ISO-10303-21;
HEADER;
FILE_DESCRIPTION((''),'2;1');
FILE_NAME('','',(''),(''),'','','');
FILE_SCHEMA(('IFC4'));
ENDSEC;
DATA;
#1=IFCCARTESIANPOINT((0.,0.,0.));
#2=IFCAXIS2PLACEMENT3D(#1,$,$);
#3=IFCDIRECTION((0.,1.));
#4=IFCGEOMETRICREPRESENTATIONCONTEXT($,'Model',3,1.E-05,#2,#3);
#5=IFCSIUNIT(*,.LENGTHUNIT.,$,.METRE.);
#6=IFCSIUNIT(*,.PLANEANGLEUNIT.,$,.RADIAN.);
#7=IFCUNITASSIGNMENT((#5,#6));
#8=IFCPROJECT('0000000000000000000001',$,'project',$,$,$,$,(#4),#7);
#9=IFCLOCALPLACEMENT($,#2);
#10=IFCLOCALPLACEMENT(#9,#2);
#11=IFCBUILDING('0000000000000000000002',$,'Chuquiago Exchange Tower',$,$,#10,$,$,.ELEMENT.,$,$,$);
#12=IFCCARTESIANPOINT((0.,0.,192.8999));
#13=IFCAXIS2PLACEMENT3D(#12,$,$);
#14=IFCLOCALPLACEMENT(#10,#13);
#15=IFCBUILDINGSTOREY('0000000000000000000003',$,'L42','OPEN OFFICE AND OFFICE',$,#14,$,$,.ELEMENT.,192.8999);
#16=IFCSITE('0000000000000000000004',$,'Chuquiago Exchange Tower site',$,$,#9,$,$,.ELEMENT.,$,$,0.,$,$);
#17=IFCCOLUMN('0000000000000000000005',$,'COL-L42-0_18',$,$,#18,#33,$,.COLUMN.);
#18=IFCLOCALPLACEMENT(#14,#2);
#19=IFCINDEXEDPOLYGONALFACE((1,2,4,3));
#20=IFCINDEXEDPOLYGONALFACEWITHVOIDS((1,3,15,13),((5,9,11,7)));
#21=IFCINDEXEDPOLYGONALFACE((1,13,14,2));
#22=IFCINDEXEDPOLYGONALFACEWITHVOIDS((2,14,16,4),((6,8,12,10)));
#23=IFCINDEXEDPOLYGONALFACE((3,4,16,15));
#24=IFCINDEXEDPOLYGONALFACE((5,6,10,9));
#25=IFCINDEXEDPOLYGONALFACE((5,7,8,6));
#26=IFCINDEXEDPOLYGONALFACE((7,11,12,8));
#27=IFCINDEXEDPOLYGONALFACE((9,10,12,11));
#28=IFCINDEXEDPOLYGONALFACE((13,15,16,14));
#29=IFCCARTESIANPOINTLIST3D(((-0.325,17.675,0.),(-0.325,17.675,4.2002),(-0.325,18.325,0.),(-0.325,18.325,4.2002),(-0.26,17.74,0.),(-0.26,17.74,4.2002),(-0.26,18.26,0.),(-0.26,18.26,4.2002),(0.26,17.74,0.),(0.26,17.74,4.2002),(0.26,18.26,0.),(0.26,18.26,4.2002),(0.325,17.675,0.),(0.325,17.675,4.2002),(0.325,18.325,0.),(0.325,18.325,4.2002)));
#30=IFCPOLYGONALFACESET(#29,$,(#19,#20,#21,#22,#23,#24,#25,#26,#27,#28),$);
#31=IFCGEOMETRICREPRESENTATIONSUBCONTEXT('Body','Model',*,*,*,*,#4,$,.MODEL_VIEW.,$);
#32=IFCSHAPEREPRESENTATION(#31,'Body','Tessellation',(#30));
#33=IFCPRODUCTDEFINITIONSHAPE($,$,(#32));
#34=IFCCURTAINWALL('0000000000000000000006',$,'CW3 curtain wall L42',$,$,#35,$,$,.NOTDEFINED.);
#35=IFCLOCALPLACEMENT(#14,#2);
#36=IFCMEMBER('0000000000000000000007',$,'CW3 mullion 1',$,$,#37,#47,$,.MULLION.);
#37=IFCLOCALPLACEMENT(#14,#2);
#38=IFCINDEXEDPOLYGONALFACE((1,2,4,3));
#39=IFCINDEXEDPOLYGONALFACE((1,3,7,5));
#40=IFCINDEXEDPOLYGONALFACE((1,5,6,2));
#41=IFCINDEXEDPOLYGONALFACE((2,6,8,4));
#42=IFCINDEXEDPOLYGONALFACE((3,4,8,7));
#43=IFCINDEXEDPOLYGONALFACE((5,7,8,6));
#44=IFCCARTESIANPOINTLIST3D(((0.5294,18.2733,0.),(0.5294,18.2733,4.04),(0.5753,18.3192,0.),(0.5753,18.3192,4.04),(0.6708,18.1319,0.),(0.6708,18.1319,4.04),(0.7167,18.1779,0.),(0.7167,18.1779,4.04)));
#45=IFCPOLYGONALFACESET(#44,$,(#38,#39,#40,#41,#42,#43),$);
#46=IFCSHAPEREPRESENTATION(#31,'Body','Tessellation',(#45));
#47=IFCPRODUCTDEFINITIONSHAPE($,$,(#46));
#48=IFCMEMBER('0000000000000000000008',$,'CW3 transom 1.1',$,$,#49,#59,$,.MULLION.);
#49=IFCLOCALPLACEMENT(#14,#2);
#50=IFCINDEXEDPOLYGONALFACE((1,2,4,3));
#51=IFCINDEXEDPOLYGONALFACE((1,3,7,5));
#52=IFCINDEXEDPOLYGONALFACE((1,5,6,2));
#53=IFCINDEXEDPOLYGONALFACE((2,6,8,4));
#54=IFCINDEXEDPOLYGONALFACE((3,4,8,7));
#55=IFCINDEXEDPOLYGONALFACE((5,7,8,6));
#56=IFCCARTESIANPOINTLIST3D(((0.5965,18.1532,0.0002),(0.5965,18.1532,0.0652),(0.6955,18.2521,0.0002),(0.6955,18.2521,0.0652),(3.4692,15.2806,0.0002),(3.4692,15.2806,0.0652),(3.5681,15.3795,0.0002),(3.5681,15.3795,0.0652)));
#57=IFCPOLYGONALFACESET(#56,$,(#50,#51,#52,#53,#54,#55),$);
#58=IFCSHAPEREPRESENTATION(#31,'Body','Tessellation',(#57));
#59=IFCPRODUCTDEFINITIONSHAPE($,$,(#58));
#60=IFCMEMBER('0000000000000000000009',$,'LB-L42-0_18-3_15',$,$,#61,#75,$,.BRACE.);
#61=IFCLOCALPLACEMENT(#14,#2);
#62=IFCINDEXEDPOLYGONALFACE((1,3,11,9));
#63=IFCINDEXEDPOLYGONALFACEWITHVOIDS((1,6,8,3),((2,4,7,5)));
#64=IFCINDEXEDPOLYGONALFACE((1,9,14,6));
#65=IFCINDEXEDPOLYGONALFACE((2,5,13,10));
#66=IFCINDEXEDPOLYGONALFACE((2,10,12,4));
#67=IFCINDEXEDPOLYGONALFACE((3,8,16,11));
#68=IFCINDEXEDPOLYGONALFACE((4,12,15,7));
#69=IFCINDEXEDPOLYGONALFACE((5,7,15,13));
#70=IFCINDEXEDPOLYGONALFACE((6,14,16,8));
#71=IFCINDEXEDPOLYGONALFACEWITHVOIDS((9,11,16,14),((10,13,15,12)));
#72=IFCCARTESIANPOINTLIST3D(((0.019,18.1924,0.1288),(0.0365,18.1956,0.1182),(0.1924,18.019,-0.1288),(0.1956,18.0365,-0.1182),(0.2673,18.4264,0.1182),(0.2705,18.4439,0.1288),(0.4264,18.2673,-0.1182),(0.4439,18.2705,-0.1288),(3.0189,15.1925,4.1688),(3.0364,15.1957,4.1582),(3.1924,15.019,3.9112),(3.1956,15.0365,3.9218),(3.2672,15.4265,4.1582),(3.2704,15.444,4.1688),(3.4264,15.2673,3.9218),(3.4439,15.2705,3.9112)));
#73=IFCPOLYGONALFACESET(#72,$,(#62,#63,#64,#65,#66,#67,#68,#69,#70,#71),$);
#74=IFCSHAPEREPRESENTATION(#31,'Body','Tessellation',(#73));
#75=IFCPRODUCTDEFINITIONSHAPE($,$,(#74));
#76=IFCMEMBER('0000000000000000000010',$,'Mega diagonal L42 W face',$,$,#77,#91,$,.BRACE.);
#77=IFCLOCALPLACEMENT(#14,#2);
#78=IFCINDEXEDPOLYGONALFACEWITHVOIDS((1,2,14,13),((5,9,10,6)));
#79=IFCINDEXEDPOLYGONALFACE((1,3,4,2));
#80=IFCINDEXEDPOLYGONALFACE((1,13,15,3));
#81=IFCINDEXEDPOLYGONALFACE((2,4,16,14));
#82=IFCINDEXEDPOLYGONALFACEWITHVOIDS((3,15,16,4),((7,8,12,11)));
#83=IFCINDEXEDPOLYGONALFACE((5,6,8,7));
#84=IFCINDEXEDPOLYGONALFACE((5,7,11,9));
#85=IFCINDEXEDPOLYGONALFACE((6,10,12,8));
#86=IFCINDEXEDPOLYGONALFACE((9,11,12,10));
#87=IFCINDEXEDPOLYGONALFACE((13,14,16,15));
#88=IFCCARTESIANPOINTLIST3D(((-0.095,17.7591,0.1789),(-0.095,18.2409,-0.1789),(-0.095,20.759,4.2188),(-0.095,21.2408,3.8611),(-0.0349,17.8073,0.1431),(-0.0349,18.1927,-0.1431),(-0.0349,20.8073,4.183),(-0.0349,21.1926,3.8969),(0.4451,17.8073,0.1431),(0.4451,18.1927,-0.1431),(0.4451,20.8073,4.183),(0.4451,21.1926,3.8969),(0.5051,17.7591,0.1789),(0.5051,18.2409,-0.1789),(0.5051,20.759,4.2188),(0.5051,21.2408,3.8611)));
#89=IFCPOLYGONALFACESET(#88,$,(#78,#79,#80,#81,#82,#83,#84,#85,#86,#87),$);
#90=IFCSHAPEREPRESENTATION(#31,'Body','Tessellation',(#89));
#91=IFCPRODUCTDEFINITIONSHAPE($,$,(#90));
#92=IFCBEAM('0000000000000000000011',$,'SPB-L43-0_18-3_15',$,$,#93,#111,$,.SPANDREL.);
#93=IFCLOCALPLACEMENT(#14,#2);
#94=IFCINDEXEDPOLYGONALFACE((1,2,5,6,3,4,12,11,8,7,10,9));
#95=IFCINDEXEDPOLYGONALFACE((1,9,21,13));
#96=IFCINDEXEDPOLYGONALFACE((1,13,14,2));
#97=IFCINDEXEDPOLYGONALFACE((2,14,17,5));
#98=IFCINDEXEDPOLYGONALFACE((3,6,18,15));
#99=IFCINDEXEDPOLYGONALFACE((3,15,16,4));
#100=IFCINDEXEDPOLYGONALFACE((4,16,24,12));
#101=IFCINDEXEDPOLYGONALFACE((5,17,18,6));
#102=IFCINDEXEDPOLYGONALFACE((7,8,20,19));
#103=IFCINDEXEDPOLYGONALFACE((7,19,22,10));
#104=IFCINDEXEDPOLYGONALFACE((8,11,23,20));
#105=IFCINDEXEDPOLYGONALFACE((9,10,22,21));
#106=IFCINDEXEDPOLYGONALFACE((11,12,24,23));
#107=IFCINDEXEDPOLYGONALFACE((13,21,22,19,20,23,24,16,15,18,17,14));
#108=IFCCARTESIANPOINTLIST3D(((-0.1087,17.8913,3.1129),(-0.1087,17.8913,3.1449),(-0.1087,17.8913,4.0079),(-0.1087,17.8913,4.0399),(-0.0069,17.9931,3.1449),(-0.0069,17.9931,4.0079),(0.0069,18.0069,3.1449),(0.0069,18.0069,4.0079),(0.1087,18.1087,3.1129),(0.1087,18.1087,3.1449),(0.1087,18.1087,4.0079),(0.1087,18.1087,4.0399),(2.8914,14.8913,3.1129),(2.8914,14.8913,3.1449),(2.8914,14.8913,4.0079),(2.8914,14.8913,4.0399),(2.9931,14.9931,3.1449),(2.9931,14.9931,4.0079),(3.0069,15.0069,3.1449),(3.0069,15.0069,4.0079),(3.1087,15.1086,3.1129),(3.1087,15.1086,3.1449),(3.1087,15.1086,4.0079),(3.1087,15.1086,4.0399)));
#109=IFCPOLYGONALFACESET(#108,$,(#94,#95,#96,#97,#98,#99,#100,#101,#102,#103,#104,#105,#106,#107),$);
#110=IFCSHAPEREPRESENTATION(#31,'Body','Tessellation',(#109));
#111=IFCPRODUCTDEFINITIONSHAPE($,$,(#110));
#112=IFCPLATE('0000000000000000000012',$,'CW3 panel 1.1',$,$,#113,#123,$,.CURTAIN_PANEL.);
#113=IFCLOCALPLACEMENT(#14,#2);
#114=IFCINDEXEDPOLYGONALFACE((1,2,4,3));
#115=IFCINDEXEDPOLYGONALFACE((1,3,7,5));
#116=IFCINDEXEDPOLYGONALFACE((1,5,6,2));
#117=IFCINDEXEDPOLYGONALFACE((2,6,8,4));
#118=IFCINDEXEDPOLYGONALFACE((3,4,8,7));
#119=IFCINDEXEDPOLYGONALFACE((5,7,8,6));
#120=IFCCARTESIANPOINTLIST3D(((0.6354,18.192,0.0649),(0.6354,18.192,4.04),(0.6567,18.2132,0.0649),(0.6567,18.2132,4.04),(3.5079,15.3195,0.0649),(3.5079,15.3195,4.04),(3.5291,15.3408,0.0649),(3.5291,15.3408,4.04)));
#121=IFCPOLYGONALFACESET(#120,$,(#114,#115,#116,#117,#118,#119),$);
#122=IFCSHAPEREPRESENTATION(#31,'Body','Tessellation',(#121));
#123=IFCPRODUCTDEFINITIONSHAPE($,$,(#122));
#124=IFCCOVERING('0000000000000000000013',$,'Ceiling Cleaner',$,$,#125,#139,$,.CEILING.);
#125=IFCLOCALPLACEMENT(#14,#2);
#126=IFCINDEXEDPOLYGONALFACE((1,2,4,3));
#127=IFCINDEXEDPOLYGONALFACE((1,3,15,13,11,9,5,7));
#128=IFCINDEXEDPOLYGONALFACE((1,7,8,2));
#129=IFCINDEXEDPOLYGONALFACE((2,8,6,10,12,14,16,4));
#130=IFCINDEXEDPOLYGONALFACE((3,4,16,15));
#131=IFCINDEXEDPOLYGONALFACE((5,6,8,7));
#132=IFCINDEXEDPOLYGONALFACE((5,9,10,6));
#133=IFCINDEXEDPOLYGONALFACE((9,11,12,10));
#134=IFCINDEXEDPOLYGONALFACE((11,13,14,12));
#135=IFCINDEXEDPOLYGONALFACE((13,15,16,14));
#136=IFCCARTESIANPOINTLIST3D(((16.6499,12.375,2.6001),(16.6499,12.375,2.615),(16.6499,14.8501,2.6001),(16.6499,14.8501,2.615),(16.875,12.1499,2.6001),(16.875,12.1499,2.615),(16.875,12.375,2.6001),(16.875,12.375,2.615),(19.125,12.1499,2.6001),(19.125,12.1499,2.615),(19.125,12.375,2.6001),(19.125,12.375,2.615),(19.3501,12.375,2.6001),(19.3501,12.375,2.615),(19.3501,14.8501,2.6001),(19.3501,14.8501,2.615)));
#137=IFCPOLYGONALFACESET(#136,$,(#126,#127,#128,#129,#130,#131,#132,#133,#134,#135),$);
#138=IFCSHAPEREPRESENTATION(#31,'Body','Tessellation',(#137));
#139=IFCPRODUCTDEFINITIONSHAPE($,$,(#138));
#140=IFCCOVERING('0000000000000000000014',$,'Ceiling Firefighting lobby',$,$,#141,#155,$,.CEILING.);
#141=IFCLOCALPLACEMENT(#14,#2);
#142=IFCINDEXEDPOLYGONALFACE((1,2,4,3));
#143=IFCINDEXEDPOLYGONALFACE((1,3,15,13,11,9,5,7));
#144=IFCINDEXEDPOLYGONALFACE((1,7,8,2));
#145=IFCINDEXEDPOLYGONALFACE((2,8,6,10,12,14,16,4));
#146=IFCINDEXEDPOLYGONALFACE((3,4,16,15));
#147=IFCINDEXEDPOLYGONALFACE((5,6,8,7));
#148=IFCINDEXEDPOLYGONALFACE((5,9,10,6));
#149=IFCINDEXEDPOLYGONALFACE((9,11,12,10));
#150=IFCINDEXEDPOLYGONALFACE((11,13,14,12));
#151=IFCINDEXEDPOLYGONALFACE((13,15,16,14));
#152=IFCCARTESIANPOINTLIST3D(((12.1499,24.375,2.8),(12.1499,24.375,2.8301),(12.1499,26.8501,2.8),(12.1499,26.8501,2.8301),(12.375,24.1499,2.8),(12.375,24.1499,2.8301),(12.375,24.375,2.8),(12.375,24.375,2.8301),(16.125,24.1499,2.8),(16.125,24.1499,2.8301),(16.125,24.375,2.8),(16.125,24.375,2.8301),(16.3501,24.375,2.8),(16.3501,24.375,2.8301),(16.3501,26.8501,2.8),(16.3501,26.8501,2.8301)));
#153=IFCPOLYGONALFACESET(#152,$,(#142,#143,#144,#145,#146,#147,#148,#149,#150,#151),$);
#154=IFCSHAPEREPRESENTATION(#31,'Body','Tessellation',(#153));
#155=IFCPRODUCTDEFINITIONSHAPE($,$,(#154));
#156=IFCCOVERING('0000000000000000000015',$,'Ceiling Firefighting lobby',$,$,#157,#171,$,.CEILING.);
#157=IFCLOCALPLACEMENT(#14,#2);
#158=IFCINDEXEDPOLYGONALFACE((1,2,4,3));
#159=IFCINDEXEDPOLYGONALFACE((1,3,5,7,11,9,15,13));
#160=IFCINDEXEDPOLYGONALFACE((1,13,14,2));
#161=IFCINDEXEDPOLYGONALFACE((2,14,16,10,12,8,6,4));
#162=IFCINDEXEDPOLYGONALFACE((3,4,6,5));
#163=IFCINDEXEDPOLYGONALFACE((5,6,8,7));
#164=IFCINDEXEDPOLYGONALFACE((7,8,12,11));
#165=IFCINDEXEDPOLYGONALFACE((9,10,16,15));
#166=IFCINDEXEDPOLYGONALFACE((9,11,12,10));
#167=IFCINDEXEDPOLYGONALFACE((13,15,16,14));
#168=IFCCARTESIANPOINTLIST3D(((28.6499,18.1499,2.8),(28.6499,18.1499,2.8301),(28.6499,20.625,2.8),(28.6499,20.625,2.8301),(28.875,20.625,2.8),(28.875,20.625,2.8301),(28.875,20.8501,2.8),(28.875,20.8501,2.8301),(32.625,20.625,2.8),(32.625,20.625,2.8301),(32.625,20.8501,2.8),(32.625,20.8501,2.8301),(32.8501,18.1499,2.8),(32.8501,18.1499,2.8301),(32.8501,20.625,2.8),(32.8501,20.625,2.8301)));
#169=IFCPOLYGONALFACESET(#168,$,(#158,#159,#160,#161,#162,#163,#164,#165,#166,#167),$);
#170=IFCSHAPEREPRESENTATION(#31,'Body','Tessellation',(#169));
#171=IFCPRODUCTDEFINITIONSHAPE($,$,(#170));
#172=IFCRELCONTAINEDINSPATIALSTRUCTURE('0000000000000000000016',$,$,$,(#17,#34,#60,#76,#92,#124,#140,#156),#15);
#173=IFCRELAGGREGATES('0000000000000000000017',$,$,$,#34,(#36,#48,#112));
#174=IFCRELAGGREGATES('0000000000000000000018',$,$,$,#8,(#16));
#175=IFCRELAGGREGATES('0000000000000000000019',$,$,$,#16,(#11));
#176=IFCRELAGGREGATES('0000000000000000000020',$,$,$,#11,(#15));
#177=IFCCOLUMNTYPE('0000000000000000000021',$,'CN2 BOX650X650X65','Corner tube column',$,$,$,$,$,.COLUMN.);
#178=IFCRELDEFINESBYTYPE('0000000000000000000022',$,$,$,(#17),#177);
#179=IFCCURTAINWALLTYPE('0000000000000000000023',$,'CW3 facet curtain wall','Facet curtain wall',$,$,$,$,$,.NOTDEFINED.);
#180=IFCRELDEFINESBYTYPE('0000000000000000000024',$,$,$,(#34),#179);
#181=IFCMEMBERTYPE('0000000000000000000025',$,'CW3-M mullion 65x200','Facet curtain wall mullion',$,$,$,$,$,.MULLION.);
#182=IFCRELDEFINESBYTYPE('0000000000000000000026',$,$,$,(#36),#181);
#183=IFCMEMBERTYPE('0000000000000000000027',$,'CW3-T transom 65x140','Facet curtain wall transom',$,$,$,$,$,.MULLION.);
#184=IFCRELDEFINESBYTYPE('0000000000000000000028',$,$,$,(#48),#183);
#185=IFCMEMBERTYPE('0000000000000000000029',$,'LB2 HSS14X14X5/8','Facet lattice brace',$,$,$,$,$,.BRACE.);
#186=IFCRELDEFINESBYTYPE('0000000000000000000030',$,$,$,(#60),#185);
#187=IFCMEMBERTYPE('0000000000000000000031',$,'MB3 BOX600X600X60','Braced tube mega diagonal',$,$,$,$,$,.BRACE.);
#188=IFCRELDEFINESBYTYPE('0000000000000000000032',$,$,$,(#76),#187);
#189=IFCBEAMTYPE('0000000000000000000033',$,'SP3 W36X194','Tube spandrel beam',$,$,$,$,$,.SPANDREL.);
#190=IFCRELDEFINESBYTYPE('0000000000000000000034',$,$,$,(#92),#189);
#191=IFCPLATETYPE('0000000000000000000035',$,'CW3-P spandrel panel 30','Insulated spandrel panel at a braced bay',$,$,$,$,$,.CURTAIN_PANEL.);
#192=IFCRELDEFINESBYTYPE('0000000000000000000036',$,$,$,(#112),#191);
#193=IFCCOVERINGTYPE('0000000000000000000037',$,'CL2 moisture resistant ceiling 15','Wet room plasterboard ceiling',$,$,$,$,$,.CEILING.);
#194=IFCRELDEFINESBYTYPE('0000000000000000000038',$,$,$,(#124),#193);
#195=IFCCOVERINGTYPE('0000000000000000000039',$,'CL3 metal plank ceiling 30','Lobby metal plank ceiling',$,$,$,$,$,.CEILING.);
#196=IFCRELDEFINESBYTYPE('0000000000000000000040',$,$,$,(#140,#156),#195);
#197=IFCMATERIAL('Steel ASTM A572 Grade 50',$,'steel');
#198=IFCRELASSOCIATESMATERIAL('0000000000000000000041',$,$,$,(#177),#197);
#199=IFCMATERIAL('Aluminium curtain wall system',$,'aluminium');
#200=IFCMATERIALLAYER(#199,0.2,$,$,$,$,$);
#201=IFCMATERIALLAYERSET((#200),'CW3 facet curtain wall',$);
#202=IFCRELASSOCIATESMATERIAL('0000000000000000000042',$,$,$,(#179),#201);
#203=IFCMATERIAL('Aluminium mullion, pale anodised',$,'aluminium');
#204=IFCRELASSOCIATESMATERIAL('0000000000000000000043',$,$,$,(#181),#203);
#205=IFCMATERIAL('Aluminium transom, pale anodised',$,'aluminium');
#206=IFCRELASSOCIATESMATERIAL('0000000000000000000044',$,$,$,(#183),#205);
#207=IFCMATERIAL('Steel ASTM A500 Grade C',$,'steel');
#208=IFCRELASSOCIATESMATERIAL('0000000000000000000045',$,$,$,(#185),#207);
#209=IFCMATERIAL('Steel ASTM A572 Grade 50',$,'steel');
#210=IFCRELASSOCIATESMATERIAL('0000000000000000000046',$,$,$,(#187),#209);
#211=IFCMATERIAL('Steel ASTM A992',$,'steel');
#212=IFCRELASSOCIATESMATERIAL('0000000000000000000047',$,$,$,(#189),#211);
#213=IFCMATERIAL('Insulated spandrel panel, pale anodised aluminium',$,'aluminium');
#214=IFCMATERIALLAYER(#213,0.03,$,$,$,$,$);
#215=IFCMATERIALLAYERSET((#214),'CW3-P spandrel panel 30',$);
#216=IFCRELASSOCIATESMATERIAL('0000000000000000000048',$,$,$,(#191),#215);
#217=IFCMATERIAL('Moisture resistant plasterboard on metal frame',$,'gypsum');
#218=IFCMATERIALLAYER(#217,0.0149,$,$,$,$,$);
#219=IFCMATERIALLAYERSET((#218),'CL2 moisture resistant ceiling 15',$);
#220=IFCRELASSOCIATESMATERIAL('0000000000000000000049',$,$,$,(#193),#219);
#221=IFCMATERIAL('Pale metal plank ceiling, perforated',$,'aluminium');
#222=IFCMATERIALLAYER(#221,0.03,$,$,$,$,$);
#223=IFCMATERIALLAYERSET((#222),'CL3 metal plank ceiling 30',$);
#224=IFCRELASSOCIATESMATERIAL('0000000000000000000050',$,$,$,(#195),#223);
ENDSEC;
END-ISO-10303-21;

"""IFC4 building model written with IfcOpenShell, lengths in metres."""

from ifc_helpers import new_model, si_unit, direction, frame, origin, origin_2d, place, context, subcontext, project, spatial, polyline, rectangle, hollow_rectangle, i_section, outline, extrude, material, layer, layer_set, material_profile, profile_set, type_object, element, aggregate, save


model = new_model("IFC4")

# Units and contexts
model_context = context("Model", 3, precision=1e-05, world=origin(), true_north=direction((0.0, 1.0)))
body_context = subcontext(model_context, "Body", "Model", "MODEL_VIEW")
ifc_project = project(units=[si_unit("LENGTHUNIT", "METRE"), si_unit("PLANEANGLEUNIT", "RADIAN")], contexts=[model_context])

# Site, building, storey
site_placement = place(None, origin())
site = spatial("IfcSite", under=ifc_project, at=site_placement, Name="Chuquiago Exchange Tower site", CompositionType="ELEMENT", RefElevation=0.0)
building_placement = place(site_placement, origin())
building = spatial("IfcBuilding", under=site, at=building_placement, Name="Chuquiago Exchange Tower", CompositionType="ELEMENT")
storey_placement = place(building_placement, frame((0.0, 0.0, 192.8999)))
storey = spatial("IfcBuildingStorey", under=building, at=storey_placement, Name="L42", Description="OPEN OFFICE AND OFFICE", CompositionType="ELEMENT", Elevation=192.8999)

# Column
ifc_material_1 = material(Name="Steel ASTM A572 Grade 50", Category="steel")
ifc_material_profile_1 = material_profile(ifc_material_1, hollow_rectangle(XDim=0.6499, YDim=0.6499, WallThickness=0.0649, at=origin_2d()), Name="BOX650X650X65")
ifc_profile_set_1 = profile_set([ifc_material_profile_1], Name="Steel ASTM A572 Grade 50")
column_type = type_object("IfcColumnType", Name="CN2 BOX650X650X65", Description="Corner tube column", PredefinedType="COLUMN", material=ifc_profile_set_1)
column_placement = place(storey_placement, frame((0.0, 18.0, 0.0), z_axis=(0.0, 0.0, 1.0), x_axis=(-1.0, 0.0, 0.0)))
element("IfcColumn", 1, at=column_placement, inside=storey, type_object=column_type, Name="COL-L42-0_18", PredefinedType="COLUMN", context=body_context, shape_type="SweptSolid", body=[
    extrude(hollow_rectangle(XDim=0.6499, YDim=0.6499, WallThickness=0.0649, at=origin_2d()), origin(), (0.0, 0.0, 1.0), 4.2002),
])

# Curtain wall, members
ifc_material_2 = material(Name="Aluminium curtain wall system", Category="aluminium")
ifc_layer_1 = layer(ifc_material_2, 0.2)
ifc_layer_set_1 = layer_set([ifc_layer_1], Name="CW3 facet curtain wall")
curtain_wall_type = type_object("IfcCurtainWallType", Name="CW3 facet curtain wall", Description="Facet curtain wall", PredefinedType="NOTDEFINED", material=ifc_layer_set_1)
curtain_wall_placement = place(storey_placement, origin())
curtain_wall = element("IfcCurtainWall", 2, at=curtain_wall_placement, inside=storey, type_object=curtain_wall_type, Name="CW3 curtain wall L42", PredefinedType="NOTDEFINED")
ifc_material_3 = material(Name="Aluminium mullion, pale anodised", Category="aluminium")
ifc_material_profile_2 = material_profile(ifc_material_3, rectangle(XDim=0.0649, YDim=0.2, at=origin_2d()), Name="AL 65x200")
ifc_profile_set_2 = profile_set([ifc_material_profile_2], Name="Aluminium mullion, pale anodised")
member_type_1 = type_object("IfcMemberType", Name="CW3-M mullion 65x200", Description="Facet curtain wall mullion", PredefinedType="MULLION", material=ifc_profile_set_2)
member_1_placement = place(storey_placement, frame((0.623, 18.2256, 0.0), z_axis=(0.0, 0.0, 1.0), x_axis=(0.707107, 0.707107, 0.0)))
member_1 = element("IfcMember", 3, at=member_1_placement, type_object=member_type_1, Name="CW3 mullion 1", PredefinedType="MULLION", context=body_context, shape_type="SweptSolid", body=[
    extrude(rectangle(XDim=0.0649, YDim=0.2, at=origin_2d()), origin(), (0.0, 0.0, 1.0), 4.04),
])
ifc_material_4 = material(Name="Aluminium transom, pale anodised", Category="aluminium")
ifc_material_profile_3 = material_profile(ifc_material_4, rectangle(XDim=0.1399, YDim=0.0649, at=origin_2d()), Name="AL 140x65")
ifc_profile_set_3 = profile_set([ifc_material_profile_3], Name="Aluminium transom, pale anodised")
member_type_2 = type_object("IfcMemberType", Name="CW3-T transom 65x140", Description="Facet curtain wall transom", PredefinedType="MULLION", material=ifc_profile_set_3)
member_2_placement = place(storey_placement, frame((0.646, 18.2026, 0.0327), z_axis=(0.707107, -0.707107, 0.0), x_axis=(0.707107, 0.707107, 0.0)))
member_2 = element("IfcMember", 4, at=member_2_placement, type_object=member_type_2, Name="CW3 transom 1.1", PredefinedType="MULLION", context=body_context, shape_type="SweptSolid", body=[
    extrude(rectangle(XDim=0.1399, YDim=0.0649, at=origin_2d()), origin(), (0.0, 0.0, 1.0), 4.0625),
])

# Members
ifc_material_5 = material(Name="Steel ASTM A500 Grade C", Category="steel")
ifc_material_profile_4 = material_profile(ifc_material_5, hollow_rectangle(XDim=0.3557, YDim=0.3557, WallThickness=0.0146, at=origin_2d()), Name="HSS14X14X5/8")
ifc_profile_set_4 = profile_set([ifc_material_profile_4], Name="Steel ASTM A500 Grade C")
member_type_3 = type_object("IfcMemberType", Name="LB2 HSS14X14X5/8", Description="Facet lattice brace", PredefinedType="BRACE", material=ifc_profile_set_4)
member_3_placement = place(storey_placement, frame((0.2314, 18.2314, 0.0), z_axis=(0.512077, -0.512077, 0.689604), x_axis=(0.707107, 0.707107, 0.0)))
element("IfcMember", 5, at=member_3_placement, inside=storey, type_object=member_type_3, Name="LB-L42-0_18-3_15", PredefinedType="BRACE", context=body_context, shape_type="SweptSolid", body=[
    extrude(hollow_rectangle(XDim=0.3557, YDim=0.3557, WallThickness=0.0146, at=origin_2d()), origin(), (0.0, 0.0, 1.0), 5.8584),
])
ifc_material_6 = material(Name="Steel ASTM A572 Grade 50", Category="steel")
ifc_material_profile_5 = material_profile(ifc_material_6, hollow_rectangle(XDim=0.6001, YDim=0.6001, WallThickness=0.0601, at=origin_2d()), Name="BOX600X600X60")
ifc_profile_set_5 = profile_set([ifc_material_profile_5], Name="Steel ASTM A572 Grade 50")
member_type_4 = type_object("IfcMemberType", Name="MB3 BOX600X600X60", Description="Braced tube mega diagonal", PredefinedType="BRACE", material=ifc_profile_set_5)
member_4_placement = place(storey_placement, frame((0.2051, 18.0, 0.0), z_axis=(0.0, 0.596174, 0.802855), x_axis=(-1.0, 0.0, 0.0)))
element("IfcMember", 6, at=member_4_placement, inside=storey, type_object=member_type_4, Name="Mega diagonal L42 W face", PredefinedType="BRACE", context=body_context, shape_type="SweptSolid", body=[
    extrude(hollow_rectangle(XDim=0.6001, YDim=0.6001, WallThickness=0.0601, at=origin_2d()), origin(), (0.0, 0.0, 1.0), 5.032),
])

# Beam
ifc_material_7 = material(Name="Steel ASTM A992", Category="steel")
ifc_material_profile_6 = material_profile(ifc_material_7, i_section(OverallWidth=0.3074, OverallDepth=0.927, WebThickness=0.0195, FlangeThickness=0.032, at=origin_2d()), Name="W36X194")
ifc_profile_set_6 = profile_set([ifc_material_profile_6], Name="Steel ASTM A992")
beam_type = type_object("IfcBeamType", Name="SP3 W36X194", Description="Tube spandrel beam", PredefinedType="SPANDREL", material=ifc_profile_set_6)
beam_placement = place(storey_placement, frame((0.0, 18.0, 3.5764), z_axis=(0.707107, -0.707107, 0.0), x_axis=(0.707107, 0.707107, 0.0)))
element("IfcBeam", 7, at=beam_placement, inside=storey, type_object=beam_type, Name="SPB-L43-0_18-3_15", PredefinedType="SPANDREL", context=body_context, shape_type="SweptSolid", body=[
    extrude(i_section(OverallWidth=0.3074, OverallDepth=0.927, WebThickness=0.0195, FlangeThickness=0.032, at=origin_2d()), origin(), (0.0, 0.0, 1.0), 4.2427),
])

# Plate
ifc_material_8 = material(Name="Insulated spandrel panel, pale anodised aluminium", Category="aluminium")
ifc_layer_2 = layer(ifc_material_8, 0.03)
ifc_layer_set_2 = layer_set([ifc_layer_2], Name="CW3-P spandrel panel 30")
plate_type = type_object("IfcPlateType", Name="CW3-P spandrel panel 30", Description="Insulated spandrel panel at a braced bay", PredefinedType="CURTAIN_PANEL", material=ifc_layer_set_2)
plate_placement = place(storey_placement, frame((2.0823, 16.7664, 0.0649), z_axis=(0.0, 0.0, 1.0), x_axis=(0.707107, -0.707107, 0.0)))
plate = element("IfcPlate", 8, at=plate_placement, type_object=plate_type, Name="CW3 panel 1.1", PredefinedType="CURTAIN_PANEL", context=body_context, shape_type="SweptSolid", body=[
    extrude(rectangle(XDim=4.0623, YDim=0.03, at=origin_2d()), origin(), (0.0, 0.0, 1.0), 3.9751),
])
aggregate(curtain_wall, [member_1, member_2, plate])

# Coverings
ifc_material_9 = material(Name="Moisture resistant plasterboard on metal frame", Category="gypsum")
ifc_layer_3 = layer(ifc_material_9, 0.0149)
ifc_layer_set_3 = layer_set([ifc_layer_3], Name="CL2 moisture resistant ceiling 15")
covering_type_1 = type_object("IfcCoveringType", Name="CL2 moisture resistant ceiling 15", Description="Wet room plasterboard ceiling", PredefinedType="CEILING", material=ifc_layer_set_3)
covering_1_placement = place(storey_placement, frame((0.0, 0.0, 2.6001)))
element("IfcCovering", 9, at=covering_1_placement, inside=storey, type_object=covering_type_1, Name="Ceiling Cleaner", PredefinedType="CEILING", context=body_context, shape_type="SweptSolid", body=[
    extrude(outline(polyline([(16.875, 12.1499), (16.875, 12.375), (16.6499, 12.375), (16.6499, 14.8501), (19.3501, 14.8501), (19.3501, 12.375), (19.125, 12.375), (19.125, 12.1499), (16.875, 12.1499)])), origin(), (0.0, 0.0, 1.0), 0.0149),
])
ifc_material_10 = material(Name="Pale metal plank ceiling, perforated", Category="aluminium")
ifc_layer_4 = layer(ifc_material_10, 0.03)
ifc_layer_set_4 = layer_set([ifc_layer_4], Name="CL3 metal plank ceiling 30")
covering_type_2 = type_object("IfcCoveringType", Name="CL3 metal plank ceiling 30", Description="Lobby metal plank ceiling", PredefinedType="CEILING", material=ifc_layer_set_4)
covering_2_placement = place(storey_placement, frame((0.0, 0.0, 2.8)))
element("IfcCovering", 10, at=covering_2_placement, inside=storey, type_object=covering_type_2, Name="Ceiling Firefighting lobby", PredefinedType="CEILING", context=body_context, shape_type="SweptSolid", body=[
    extrude(outline(polyline([(12.375, 24.1499), (12.375, 24.375), (12.1499, 24.375), (12.1499, 26.8501), (16.3501, 26.8501), (16.3501, 24.375), (16.125, 24.375), (16.125, 24.1499), (12.375, 24.1499)])), origin(), (0.0, 0.0, 1.0), 0.03),
])
covering_3_placement = place(storey_placement, frame((0.0, 0.0, 2.8)))
element("IfcCovering", 11, at=covering_3_placement, inside=storey, type_object=covering_type_2, Name="Ceiling Firefighting lobby", PredefinedType="CEILING", context=body_context, shape_type="SweptSolid", body=[
    extrude(outline(polyline([(28.6499, 18.1499), (28.6499, 20.625), (28.875, 20.625), (28.875, 20.8501), (32.625, 20.8501), (32.625, 20.625), (32.8501, 20.625), (32.8501, 18.1499), (28.6499, 18.1499)])), origin(), (0.0, 0.0, 1.0), 0.03),
])

save(model, "model.ifc")
